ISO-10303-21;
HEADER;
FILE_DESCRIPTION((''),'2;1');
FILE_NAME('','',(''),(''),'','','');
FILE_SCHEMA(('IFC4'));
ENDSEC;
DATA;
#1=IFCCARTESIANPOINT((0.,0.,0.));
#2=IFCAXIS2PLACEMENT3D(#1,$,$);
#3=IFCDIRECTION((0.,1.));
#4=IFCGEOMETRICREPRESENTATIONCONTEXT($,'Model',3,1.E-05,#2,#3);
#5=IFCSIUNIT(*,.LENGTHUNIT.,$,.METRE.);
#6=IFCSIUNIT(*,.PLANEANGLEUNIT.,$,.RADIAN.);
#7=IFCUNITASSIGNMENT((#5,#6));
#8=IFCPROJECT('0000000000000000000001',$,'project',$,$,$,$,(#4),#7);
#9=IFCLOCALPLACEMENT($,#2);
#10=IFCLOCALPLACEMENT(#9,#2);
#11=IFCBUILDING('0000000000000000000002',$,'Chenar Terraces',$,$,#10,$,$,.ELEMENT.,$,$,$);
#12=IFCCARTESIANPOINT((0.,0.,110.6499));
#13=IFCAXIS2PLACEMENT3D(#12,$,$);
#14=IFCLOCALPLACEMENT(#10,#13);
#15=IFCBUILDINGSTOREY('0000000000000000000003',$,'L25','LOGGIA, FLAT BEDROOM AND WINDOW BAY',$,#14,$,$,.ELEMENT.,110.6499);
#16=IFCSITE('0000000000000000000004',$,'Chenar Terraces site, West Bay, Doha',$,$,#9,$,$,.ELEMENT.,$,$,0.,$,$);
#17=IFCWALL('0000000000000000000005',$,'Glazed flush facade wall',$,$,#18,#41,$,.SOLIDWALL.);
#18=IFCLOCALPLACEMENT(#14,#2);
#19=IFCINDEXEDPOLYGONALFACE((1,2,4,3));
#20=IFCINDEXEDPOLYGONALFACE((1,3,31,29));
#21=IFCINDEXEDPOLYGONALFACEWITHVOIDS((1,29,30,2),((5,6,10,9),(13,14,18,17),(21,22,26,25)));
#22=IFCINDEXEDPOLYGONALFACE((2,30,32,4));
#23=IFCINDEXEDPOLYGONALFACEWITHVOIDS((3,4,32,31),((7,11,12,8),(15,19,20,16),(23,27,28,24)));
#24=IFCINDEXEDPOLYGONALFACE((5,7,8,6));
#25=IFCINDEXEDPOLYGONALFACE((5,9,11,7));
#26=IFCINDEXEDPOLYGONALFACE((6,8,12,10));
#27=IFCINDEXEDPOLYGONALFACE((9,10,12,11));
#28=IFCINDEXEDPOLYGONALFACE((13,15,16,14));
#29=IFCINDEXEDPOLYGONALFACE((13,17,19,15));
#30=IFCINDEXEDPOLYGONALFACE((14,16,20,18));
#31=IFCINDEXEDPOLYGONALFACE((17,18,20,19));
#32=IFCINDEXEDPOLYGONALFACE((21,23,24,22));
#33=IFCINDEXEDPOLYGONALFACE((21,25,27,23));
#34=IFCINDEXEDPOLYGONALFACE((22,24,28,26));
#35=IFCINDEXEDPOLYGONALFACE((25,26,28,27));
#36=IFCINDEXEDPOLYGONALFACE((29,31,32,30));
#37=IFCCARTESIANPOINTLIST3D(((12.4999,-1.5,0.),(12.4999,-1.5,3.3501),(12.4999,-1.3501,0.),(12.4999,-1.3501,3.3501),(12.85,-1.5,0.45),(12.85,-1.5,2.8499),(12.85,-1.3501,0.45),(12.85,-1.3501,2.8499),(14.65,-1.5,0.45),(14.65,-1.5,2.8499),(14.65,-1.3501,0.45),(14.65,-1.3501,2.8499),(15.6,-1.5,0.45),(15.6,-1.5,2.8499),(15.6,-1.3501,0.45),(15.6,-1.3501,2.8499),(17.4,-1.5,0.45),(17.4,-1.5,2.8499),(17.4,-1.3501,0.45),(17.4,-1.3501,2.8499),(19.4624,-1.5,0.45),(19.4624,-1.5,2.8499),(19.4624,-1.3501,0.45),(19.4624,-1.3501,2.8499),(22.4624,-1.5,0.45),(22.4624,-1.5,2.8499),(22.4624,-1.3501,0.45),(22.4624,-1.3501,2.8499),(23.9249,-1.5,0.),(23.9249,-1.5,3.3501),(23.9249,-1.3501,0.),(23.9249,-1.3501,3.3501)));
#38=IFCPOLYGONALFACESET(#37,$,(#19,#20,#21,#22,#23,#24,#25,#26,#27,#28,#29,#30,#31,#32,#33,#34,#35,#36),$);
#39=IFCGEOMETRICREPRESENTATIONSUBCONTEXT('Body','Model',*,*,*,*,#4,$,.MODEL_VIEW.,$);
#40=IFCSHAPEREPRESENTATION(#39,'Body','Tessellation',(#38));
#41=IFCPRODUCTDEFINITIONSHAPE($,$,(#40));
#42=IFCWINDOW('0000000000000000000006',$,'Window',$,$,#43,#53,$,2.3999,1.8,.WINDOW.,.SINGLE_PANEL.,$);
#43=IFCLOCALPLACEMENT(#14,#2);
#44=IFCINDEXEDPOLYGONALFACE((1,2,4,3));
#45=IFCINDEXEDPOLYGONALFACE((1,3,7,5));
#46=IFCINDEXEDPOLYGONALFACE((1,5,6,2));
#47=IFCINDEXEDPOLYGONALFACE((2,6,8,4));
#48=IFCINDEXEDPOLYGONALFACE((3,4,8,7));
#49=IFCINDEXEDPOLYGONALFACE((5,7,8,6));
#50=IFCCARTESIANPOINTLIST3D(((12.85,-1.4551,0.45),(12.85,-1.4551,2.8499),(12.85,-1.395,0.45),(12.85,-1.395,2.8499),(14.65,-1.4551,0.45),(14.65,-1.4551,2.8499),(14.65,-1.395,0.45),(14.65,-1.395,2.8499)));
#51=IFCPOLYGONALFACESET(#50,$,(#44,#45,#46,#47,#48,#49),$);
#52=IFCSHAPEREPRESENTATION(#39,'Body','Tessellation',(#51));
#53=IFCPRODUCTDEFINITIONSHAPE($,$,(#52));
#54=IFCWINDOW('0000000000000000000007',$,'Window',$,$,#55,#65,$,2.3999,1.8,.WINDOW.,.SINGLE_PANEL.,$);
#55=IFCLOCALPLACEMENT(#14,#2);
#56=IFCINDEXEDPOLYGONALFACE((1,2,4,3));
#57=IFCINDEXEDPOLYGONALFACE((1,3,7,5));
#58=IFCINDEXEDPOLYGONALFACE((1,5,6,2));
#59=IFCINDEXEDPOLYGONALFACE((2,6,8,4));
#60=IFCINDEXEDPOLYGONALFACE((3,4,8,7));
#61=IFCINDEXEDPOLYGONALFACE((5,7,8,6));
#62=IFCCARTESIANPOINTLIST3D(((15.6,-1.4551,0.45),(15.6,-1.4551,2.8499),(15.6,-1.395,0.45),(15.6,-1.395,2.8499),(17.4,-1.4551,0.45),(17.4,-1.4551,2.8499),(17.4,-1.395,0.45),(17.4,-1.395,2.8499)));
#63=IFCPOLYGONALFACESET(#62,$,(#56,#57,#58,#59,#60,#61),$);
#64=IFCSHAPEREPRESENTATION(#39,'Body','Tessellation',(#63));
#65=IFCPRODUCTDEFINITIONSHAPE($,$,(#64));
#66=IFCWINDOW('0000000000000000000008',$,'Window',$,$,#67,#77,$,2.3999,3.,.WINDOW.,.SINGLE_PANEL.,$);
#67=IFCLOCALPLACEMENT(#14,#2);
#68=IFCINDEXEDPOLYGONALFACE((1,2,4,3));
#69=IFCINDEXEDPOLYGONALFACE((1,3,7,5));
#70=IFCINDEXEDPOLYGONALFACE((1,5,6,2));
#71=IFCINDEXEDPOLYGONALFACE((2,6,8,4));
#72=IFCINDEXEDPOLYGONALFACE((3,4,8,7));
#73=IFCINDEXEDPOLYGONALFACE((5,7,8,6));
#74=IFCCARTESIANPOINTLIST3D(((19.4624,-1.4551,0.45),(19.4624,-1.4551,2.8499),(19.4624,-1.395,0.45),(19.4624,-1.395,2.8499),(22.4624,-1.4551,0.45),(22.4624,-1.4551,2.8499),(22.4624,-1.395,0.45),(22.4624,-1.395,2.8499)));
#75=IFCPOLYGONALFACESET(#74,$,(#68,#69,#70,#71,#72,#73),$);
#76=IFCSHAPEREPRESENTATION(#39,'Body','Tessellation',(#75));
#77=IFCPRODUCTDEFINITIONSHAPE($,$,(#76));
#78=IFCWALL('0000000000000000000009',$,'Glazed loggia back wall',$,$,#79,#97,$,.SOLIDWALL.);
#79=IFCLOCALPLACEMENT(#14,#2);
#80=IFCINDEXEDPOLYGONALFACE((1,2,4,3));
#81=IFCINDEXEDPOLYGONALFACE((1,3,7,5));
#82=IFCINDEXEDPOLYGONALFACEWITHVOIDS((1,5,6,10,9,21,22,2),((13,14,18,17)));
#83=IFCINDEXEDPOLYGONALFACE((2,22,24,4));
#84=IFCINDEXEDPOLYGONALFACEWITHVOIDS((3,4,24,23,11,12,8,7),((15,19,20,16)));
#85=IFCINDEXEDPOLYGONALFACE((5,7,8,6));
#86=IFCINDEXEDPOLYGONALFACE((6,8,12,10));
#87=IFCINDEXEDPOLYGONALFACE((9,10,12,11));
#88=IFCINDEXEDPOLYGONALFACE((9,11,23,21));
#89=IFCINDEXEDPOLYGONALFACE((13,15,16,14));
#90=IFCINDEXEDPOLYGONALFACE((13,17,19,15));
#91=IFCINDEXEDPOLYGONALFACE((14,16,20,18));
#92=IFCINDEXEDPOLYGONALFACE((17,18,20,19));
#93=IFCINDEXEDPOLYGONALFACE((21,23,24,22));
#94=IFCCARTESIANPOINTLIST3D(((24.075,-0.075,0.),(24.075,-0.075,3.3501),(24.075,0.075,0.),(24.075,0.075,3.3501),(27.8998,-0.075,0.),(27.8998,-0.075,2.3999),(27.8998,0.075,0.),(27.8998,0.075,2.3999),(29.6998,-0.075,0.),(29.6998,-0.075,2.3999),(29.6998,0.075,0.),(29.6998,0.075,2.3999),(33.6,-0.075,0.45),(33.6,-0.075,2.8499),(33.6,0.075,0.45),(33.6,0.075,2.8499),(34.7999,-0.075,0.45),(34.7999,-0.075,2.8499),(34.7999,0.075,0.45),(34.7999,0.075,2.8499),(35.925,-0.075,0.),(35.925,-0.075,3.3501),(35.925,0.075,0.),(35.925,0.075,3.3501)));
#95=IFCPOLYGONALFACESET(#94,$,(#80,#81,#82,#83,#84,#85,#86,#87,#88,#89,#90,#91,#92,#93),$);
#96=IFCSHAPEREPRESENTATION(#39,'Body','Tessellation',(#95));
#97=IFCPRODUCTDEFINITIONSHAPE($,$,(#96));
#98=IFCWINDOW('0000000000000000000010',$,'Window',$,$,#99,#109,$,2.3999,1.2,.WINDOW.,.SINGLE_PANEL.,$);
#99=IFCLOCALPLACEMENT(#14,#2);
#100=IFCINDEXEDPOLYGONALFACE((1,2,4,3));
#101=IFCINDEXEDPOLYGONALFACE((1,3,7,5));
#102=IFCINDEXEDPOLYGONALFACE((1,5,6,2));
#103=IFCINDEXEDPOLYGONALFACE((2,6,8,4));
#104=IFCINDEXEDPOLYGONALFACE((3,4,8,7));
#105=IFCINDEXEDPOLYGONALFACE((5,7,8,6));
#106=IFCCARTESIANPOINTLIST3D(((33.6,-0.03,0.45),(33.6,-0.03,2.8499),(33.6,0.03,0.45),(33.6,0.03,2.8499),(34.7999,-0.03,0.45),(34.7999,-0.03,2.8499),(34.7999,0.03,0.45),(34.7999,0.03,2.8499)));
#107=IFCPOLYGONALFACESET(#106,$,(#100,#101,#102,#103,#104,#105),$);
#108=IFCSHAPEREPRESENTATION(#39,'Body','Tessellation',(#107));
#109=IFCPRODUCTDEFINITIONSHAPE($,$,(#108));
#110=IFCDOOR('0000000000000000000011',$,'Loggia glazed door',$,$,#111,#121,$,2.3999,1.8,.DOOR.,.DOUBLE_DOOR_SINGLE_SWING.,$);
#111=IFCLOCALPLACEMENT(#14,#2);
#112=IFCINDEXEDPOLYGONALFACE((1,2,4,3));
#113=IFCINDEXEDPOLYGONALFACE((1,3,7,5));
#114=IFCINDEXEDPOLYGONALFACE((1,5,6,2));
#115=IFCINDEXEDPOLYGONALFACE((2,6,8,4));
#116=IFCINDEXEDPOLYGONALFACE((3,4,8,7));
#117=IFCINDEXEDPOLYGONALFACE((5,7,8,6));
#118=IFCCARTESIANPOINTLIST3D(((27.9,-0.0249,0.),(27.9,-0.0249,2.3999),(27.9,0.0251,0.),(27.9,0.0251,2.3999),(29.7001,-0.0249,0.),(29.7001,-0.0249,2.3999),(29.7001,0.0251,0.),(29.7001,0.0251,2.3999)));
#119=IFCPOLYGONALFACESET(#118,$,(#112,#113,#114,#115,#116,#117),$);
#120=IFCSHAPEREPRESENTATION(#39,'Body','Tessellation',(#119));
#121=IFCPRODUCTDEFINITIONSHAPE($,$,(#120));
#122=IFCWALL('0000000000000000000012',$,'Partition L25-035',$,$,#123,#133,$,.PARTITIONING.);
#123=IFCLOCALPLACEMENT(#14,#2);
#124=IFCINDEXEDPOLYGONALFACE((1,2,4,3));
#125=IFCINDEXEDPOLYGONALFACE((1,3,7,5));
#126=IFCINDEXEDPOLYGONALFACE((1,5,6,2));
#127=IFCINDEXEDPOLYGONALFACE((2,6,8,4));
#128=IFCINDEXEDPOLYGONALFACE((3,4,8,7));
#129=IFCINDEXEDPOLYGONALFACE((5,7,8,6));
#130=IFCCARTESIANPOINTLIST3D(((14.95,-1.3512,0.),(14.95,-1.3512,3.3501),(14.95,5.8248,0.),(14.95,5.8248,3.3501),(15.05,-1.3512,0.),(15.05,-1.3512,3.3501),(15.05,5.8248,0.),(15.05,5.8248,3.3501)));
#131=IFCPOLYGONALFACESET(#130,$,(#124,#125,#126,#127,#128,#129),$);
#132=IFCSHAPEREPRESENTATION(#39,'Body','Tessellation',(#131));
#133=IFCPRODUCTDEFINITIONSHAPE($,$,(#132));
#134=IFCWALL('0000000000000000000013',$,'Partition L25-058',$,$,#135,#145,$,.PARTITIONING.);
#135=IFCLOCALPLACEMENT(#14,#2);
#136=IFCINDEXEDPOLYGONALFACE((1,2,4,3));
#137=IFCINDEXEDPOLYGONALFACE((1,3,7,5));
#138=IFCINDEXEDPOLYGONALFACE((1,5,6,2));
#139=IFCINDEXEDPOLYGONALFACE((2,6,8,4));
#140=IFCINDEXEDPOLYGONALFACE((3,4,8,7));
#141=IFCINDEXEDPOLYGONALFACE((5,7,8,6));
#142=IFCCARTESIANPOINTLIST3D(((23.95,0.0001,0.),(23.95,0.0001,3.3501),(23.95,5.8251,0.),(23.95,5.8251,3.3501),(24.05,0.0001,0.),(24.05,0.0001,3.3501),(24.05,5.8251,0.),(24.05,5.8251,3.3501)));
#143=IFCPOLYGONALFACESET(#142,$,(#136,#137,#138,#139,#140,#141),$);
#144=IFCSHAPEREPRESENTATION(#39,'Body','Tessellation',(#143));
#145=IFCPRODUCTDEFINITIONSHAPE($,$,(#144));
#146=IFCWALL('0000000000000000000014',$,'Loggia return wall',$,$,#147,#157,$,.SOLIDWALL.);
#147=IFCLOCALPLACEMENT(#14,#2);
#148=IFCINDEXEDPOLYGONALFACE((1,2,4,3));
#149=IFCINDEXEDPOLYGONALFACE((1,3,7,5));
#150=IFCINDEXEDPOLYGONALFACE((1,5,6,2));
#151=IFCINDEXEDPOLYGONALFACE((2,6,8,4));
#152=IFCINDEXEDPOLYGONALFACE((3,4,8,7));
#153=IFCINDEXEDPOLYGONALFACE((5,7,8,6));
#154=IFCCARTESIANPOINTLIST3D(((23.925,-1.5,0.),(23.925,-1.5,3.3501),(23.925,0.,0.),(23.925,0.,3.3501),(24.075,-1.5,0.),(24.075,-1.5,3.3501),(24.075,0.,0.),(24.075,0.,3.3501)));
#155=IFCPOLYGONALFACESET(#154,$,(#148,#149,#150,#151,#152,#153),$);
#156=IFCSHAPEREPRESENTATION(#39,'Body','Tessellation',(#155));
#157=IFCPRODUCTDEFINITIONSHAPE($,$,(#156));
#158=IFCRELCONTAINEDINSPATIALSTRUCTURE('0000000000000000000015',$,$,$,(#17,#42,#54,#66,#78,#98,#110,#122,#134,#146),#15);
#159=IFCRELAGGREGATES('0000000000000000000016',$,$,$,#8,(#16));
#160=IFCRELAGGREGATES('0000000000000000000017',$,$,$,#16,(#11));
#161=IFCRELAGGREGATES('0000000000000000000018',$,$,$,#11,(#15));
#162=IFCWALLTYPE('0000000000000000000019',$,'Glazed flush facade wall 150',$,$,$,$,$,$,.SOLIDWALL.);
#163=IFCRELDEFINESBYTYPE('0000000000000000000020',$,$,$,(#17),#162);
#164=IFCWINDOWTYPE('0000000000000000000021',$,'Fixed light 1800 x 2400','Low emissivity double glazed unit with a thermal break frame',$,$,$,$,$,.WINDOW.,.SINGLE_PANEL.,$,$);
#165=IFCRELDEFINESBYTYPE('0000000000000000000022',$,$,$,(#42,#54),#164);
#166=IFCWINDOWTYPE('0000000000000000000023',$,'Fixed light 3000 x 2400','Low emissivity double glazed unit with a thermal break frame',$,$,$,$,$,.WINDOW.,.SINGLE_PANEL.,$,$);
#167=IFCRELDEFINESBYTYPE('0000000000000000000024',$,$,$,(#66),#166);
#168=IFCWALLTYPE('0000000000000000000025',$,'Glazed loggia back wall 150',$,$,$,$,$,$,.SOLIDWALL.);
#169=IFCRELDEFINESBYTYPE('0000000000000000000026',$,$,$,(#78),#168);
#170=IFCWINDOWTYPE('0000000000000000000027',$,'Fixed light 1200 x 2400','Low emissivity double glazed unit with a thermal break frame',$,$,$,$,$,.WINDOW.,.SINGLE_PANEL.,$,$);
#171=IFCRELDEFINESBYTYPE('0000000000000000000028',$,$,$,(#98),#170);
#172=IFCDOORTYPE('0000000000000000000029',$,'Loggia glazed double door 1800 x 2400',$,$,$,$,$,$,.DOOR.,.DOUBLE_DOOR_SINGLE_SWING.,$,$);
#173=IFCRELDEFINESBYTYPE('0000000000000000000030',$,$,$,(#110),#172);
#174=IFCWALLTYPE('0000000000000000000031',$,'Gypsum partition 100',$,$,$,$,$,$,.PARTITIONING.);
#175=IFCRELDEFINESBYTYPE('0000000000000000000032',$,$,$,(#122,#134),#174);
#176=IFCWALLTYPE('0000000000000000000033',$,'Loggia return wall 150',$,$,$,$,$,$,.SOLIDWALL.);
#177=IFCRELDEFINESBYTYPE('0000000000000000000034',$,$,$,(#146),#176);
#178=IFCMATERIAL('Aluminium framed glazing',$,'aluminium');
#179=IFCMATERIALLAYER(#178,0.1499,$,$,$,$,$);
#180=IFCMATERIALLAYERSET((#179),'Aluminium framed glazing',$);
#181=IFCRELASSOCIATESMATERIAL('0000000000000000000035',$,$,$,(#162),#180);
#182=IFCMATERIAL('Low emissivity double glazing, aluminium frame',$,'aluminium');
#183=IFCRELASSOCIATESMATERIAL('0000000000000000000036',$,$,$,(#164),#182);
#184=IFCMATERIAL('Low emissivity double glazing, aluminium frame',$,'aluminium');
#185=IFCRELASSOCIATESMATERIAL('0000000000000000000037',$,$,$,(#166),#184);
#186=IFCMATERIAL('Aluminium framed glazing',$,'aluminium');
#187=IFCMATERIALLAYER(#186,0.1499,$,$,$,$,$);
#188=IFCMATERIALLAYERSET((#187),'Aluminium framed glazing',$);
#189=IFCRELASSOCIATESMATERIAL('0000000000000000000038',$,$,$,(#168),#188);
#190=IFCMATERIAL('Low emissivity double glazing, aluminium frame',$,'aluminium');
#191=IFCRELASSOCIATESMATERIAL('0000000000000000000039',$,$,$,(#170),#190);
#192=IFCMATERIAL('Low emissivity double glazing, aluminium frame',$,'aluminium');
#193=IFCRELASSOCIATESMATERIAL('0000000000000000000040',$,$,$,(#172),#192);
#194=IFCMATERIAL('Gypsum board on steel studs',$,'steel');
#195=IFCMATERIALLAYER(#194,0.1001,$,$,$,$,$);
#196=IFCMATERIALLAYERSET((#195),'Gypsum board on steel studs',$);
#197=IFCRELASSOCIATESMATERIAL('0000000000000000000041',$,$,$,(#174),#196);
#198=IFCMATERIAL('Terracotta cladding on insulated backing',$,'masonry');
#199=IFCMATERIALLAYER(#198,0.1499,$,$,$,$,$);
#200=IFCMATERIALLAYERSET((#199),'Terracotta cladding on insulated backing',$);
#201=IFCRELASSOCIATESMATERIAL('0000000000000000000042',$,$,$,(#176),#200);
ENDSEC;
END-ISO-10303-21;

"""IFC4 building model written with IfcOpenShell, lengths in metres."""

from ifc_helpers import new_model, si_unit, direction, frame, frame_2d, origin, place, context, subcontext, project, spatial, rectangle, extrude, material, layer, layer_set, type_object, element, fill, save


model = new_model("IFC4")

# Units and contexts
model_context = context("Model", 3, precision=1e-05, world=origin(), true_north=direction((0.0, 1.0)))
body_context = subcontext(model_context, "Body", "Model", "MODEL_VIEW")
ifc_project = project(units=[si_unit("LENGTHUNIT", "METRE"), si_unit("PLANEANGLEUNIT", "RADIAN")], contexts=[model_context])

# Site, building, storey
site_placement = place(None, origin())
site = spatial("IfcSite", under=ifc_project, at=site_placement, Name="Chenar Terraces site, West Bay, Doha", CompositionType="ELEMENT", RefElevation=0.0)
building_placement = place(site_placement, origin())
building = spatial("IfcBuilding", under=site, at=building_placement, Name="Chenar Terraces", CompositionType="ELEMENT")
storey_placement = place(building_placement, frame((0.0, 0.0, 110.6499)))
storey = spatial("IfcBuildingStorey", under=building, at=storey_placement, Name="L25", Description="LOGGIA, FLAT BEDROOM AND WINDOW BAY", CompositionType="ELEMENT", Elevation=110.6499)

# Wall, openings, windows
ifc_material_1 = material(Name="Aluminium framed glazing", Category="aluminium")
ifc_layer_1 = layer(ifc_material_1, 0.1499)
ifc_layer_set_1 = layer_set([ifc_layer_1], Name="Aluminium framed glazing")
wall_type_1 = type_object("IfcWallType", Name="Glazed flush facade wall 150", PredefinedType="SOLIDWALL", material=ifc_layer_set_1)
wall_1_placement = place(storey_placement, frame((12.5, -1.425, 0.0), z_axis=(0.0, 0.0, 1.0), x_axis=(1.0, 0.0, 0.0)))
wall_1 = element("IfcWall", 1, at=wall_1_placement, inside=storey, type_object=wall_type_1, Name="Glazed flush facade wall", PredefinedType="SOLIDWALL", context=body_context, shape_type="SweptSolid", body=[
    extrude(rectangle(XDim=11.425, YDim=0.1499, at=frame_2d((5.7124, 0.0))), origin(), (0.0, 0.0, 1.0), 3.3501),
])
opening_1_placement = place(wall_1_placement, frame((0.3501, 0.0, 0.45)))
opening_1 = element("IfcOpeningElement", 2, at=opening_1_placement, cuts=wall_1, PredefinedType="OPENING", context=body_context, shape_type="SweptSolid", body=[
    extrude(rectangle(XDim=1.8, YDim=2.3999, at=frame_2d((0.8999, 1.2))), frame((0.0, 0.085, 0.0), z_axis=(0.0, -1.0, 0.0), x_axis=(1.0, 0.0, 0.0)), (0.0, 0.0, 1.0), 0.1699),
])
opening_2_placement = place(wall_1_placement, frame((3.1001, 0.0, 0.45)))
opening_2 = element("IfcOpeningElement", 3, at=opening_2_placement, cuts=wall_1, PredefinedType="OPENING", context=body_context, shape_type="SweptSolid", body=[
    extrude(rectangle(XDim=1.8, YDim=2.3999, at=frame_2d((0.8999, 1.2))), frame((0.0, 0.085, 0.0), z_axis=(0.0, -1.0, 0.0), x_axis=(1.0, 0.0, 0.0)), (0.0, 0.0, 1.0), 0.1699),
])
opening_3_placement = place(wall_1_placement, frame((6.9624, 0.0, 0.45)))
opening_3 = element("IfcOpeningElement", 4, at=opening_3_placement, cuts=wall_1, PredefinedType="OPENING", context=body_context, shape_type="SweptSolid", body=[
    extrude(rectangle(XDim=3.0, YDim=2.3999, at=frame_2d((1.5, 1.2))), frame((0.0, 0.085, 0.0), z_axis=(0.0, -1.0, 0.0), x_axis=(1.0, 0.0, 0.0)), (0.0, 0.0, 1.0), 0.1699),
])
ifc_material_2 = material(Name="Low emissivity double glazing, aluminium frame", Category="aluminium")
window_type_1 = type_object("IfcWindowType", Name="Fixed light 1800 x 2400", Description="Low emissivity double glazed unit with a thermal break frame", PartitioningType="SINGLE_PANEL", PredefinedType="WINDOW", material=ifc_material_2)
window_1_placement = place(opening_1_placement, origin())
window_1 = element("IfcWindow", 5, at=window_1_placement, inside=storey, type_object=window_type_1, Name="Window", OverallHeight=2.3999, OverallWidth=1.8, PartitioningType="SINGLE_PANEL", PredefinedType="WINDOW", context=body_context, shape_type="SweptSolid", body=[
    extrude(rectangle(XDim=1.8, YDim=2.3999, at=frame_2d((0.8999, 1.2))), frame((0.0, 0.03, 0.0), z_axis=(0.0, -1.0, 0.0), x_axis=(1.0, 0.0, 0.0)), (0.0, 0.0, 1.0), 0.0601),
])
fill(opening_1, window_1)
window_2_placement = place(opening_2_placement, origin())
window_2 = element("IfcWindow", 6, at=window_2_placement, inside=storey, type_object=window_type_1, Name="Window", OverallHeight=2.3999, OverallWidth=1.8, PartitioningType="SINGLE_PANEL", PredefinedType="WINDOW", context=body_context, shape_type="SweptSolid", body=[
    extrude(rectangle(XDim=1.8, YDim=2.3999, at=frame_2d((0.8999, 1.2))), frame((0.0, 0.03, 0.0), z_axis=(0.0, -1.0, 0.0), x_axis=(1.0, 0.0, 0.0)), (0.0, 0.0, 1.0), 0.0601),
])
fill(opening_2, window_2)
ifc_material_3 = material(Name="Low emissivity double glazing, aluminium frame", Category="aluminium")
window_type_2 = type_object("IfcWindowType", Name="Fixed light 3000 x 2400", Description="Low emissivity double glazed unit with a thermal break frame", PartitioningType="SINGLE_PANEL", PredefinedType="WINDOW", material=ifc_material_3)
window_3_placement = place(opening_3_placement, origin())
window_3 = element("IfcWindow", 7, at=window_3_placement, inside=storey, type_object=window_type_2, Name="Window", OverallHeight=2.3999, OverallWidth=3.0, PartitioningType="SINGLE_PANEL", PredefinedType="WINDOW", context=body_context, shape_type="SweptSolid", body=[
    extrude(rectangle(XDim=3.0, YDim=2.3999, at=frame_2d((1.5, 1.2))), frame((0.0, 0.03, 0.0), z_axis=(0.0, -1.0, 0.0), x_axis=(1.0, 0.0, 0.0)), (0.0, 0.0, 1.0), 0.0601),
])
fill(opening_3, window_3)

# Wall, openings, window, door
ifc_material_4 = material(Name="Aluminium framed glazing", Category="aluminium")
ifc_layer_2 = layer(ifc_material_4, 0.1499)
ifc_layer_set_2 = layer_set([ifc_layer_2], Name="Aluminium framed glazing")
wall_type_2 = type_object("IfcWallType", Name="Glazed loggia back wall 150", PredefinedType="SOLIDWALL", material=ifc_layer_set_2)
wall_2_placement = place(storey_placement, frame((24.075, 0.0, 0.0), z_axis=(0.0, 0.0, 1.0), x_axis=(1.0, 0.0, 0.0)))
wall_2 = element("IfcWall", 8, at=wall_2_placement, inside=storey, type_object=wall_type_2, Name="Glazed loggia back wall", PredefinedType="SOLIDWALL", context=body_context, shape_type="SweptSolid", body=[
    extrude(rectangle(XDim=11.8501, YDim=0.1499, at=frame_2d((5.925, 0.0))), origin(), (0.0, 0.0, 1.0), 3.3501),
])
opening_4_placement = place(wall_2_placement, frame((3.825, 0.0, 0.0)))
opening_4 = element("IfcOpeningElement", 9, at=opening_4_placement, cuts=wall_2, PredefinedType="OPENING", context=body_context, shape_type="SweptSolid", body=[
    extrude(rectangle(XDim=1.8, YDim=2.3999, at=frame_2d((0.8999, 1.2))), frame((0.0, 0.085, 0.0), z_axis=(0.0, -1.0, 0.0), x_axis=(1.0, 0.0, 0.0)), (0.0, 0.0, 1.0), 0.1699),
])
opening_5_placement = place(wall_2_placement, frame((9.5249, 0.0, 0.45)))
opening_5 = element("IfcOpeningElement", 10, at=opening_5_placement, cuts=wall_2, PredefinedType="OPENING", context=body_context, shape_type="SweptSolid", body=[
    extrude(rectangle(XDim=1.2, YDim=2.3999, at=frame_2d((0.6001, 1.2))), frame((0.0, 0.085, 0.0), z_axis=(0.0, -1.0, 0.0), x_axis=(1.0, 0.0, 0.0)), (0.0, 0.0, 1.0), 0.1699),
])
ifc_material_5 = material(Name="Low emissivity double glazing, aluminium frame", Category="aluminium")
window_type_3 = type_object("IfcWindowType", Name="Fixed light 1200 x 2400", Description="Low emissivity double glazed unit with a thermal break frame", PartitioningType="SINGLE_PANEL", PredefinedType="WINDOW", material=ifc_material_5)
window_4_placement = place(opening_5_placement, origin())
window_4 = element("IfcWindow", 11, at=window_4_placement, inside=storey, type_object=window_type_3, Name="Window", OverallHeight=2.3999, OverallWidth=1.2, PartitioningType="SINGLE_PANEL", PredefinedType="WINDOW", context=body_context, shape_type="SweptSolid", body=[
    extrude(rectangle(XDim=1.2, YDim=2.3999, at=frame_2d((0.6001, 1.2))), frame((0.0, 0.03, 0.0), z_axis=(0.0, -1.0, 0.0), x_axis=(1.0, 0.0, 0.0)), (0.0, 0.0, 1.0), 0.0601),
])
fill(opening_5, window_4)
ifc_material_6 = material(Name="Low emissivity double glazing, aluminium frame", Category="aluminium")
door_type_1 = type_object("IfcDoorType", Name="Loggia glazed double door 1800 x 2400", OperationType="DOUBLE_DOOR_SINGLE_SWING", PredefinedType="DOOR", material=ifc_material_6)
door_1_placement = place(opening_4_placement, frame((1.8, 0.0, 0.0), z_axis=(0.0, 0.0, 1.0), x_axis=(-1.0, 0.0, 0.0)))
door_1 = element("IfcDoor", 12, at=door_1_placement, inside=storey, type_object=door_type_1, Name="Loggia glazed door", OperationType="DOUBLE_DOOR_SINGLE_SWING", OverallHeight=2.3999, OverallWidth=1.8, PredefinedType="DOOR", context=body_context, shape_type="SweptSolid", body=[
    extrude(rectangle(XDim=1.8, YDim=2.3999, at=frame_2d((0.8999, 1.2))), frame((0.0, 0.0249, 0.0), z_axis=(0.0, -1.0, 0.0), x_axis=(1.0, 0.0, 0.0)), (0.0, 0.0, 1.0), 0.05),
])
fill(opening_4, door_1)

# Walls
ifc_material_7 = material(Name="Gypsum board on steel studs", Category="steel")
ifc_layer_3 = layer(ifc_material_7, 0.1001)
ifc_layer_set_3 = layer_set([ifc_layer_3], Name="Gypsum board on steel studs")
wall_type_3 = type_object("IfcWallType", Name="Gypsum partition 100", PredefinedType="PARTITIONING", material=ifc_layer_set_3)
wall_3_placement = place(storey_placement, frame((15.0, -1.3511, 0.0), z_axis=(0.0, 0.0, 1.0), x_axis=(0.0, 1.0, 0.0)))
element("IfcWall", 13, at=wall_3_placement, inside=storey, type_object=wall_type_3, Name="Partition L25-035", PredefinedType="PARTITIONING", context=body_context, shape_type="SweptSolid", body=[
    extrude(rectangle(XDim=7.176, YDim=0.1001, at=frame_2d((3.5879, 0.0))), origin(), (0.0, 0.0, 1.0), 3.3501),
])
wall_4_placement = place(storey_placement, frame((24.0, 0.0, 0.0), z_axis=(0.0, 0.0, 1.0), x_axis=(0.0, 1.0, 0.0)))
element("IfcWall", 14, at=wall_4_placement, inside=storey, type_object=wall_type_3, Name="Partition L25-058", PredefinedType="PARTITIONING", context=body_context, shape_type="SweptSolid", body=[
    extrude(rectangle(XDim=5.825, YDim=0.1001, at=frame_2d((2.9126, 0.0))), origin(), (0.0, 0.0, 1.0), 3.3501),
])
ifc_material_8 = material(Name="Terracotta cladding on insulated backing", Category="masonry")
ifc_layer_4 = layer(ifc_material_8, 0.1499)
ifc_layer_set_4 = layer_set([ifc_layer_4], Name="Terracotta cladding on insulated backing")
wall_type_4 = type_object("IfcWallType", Name="Loggia return wall 150", PredefinedType="SOLIDWALL", material=ifc_layer_set_4)
wall_5_placement = place(storey_placement, frame((24.0, -1.5, 0.0), z_axis=(0.0, 0.0, 1.0), x_axis=(0.0, 1.0, 0.0)))
element("IfcWall", 15, at=wall_5_placement, inside=storey, type_object=wall_type_4, Name="Loggia return wall", PredefinedType="SOLIDWALL", context=body_context, shape_type="SweptSolid", body=[
    extrude(rectangle(XDim=1.5, YDim=0.1499, at=frame_2d((0.75, 0.0))), origin(), (0.0, 0.0, 1.0), 3.3501),
])

save(model, "model.ifc")
